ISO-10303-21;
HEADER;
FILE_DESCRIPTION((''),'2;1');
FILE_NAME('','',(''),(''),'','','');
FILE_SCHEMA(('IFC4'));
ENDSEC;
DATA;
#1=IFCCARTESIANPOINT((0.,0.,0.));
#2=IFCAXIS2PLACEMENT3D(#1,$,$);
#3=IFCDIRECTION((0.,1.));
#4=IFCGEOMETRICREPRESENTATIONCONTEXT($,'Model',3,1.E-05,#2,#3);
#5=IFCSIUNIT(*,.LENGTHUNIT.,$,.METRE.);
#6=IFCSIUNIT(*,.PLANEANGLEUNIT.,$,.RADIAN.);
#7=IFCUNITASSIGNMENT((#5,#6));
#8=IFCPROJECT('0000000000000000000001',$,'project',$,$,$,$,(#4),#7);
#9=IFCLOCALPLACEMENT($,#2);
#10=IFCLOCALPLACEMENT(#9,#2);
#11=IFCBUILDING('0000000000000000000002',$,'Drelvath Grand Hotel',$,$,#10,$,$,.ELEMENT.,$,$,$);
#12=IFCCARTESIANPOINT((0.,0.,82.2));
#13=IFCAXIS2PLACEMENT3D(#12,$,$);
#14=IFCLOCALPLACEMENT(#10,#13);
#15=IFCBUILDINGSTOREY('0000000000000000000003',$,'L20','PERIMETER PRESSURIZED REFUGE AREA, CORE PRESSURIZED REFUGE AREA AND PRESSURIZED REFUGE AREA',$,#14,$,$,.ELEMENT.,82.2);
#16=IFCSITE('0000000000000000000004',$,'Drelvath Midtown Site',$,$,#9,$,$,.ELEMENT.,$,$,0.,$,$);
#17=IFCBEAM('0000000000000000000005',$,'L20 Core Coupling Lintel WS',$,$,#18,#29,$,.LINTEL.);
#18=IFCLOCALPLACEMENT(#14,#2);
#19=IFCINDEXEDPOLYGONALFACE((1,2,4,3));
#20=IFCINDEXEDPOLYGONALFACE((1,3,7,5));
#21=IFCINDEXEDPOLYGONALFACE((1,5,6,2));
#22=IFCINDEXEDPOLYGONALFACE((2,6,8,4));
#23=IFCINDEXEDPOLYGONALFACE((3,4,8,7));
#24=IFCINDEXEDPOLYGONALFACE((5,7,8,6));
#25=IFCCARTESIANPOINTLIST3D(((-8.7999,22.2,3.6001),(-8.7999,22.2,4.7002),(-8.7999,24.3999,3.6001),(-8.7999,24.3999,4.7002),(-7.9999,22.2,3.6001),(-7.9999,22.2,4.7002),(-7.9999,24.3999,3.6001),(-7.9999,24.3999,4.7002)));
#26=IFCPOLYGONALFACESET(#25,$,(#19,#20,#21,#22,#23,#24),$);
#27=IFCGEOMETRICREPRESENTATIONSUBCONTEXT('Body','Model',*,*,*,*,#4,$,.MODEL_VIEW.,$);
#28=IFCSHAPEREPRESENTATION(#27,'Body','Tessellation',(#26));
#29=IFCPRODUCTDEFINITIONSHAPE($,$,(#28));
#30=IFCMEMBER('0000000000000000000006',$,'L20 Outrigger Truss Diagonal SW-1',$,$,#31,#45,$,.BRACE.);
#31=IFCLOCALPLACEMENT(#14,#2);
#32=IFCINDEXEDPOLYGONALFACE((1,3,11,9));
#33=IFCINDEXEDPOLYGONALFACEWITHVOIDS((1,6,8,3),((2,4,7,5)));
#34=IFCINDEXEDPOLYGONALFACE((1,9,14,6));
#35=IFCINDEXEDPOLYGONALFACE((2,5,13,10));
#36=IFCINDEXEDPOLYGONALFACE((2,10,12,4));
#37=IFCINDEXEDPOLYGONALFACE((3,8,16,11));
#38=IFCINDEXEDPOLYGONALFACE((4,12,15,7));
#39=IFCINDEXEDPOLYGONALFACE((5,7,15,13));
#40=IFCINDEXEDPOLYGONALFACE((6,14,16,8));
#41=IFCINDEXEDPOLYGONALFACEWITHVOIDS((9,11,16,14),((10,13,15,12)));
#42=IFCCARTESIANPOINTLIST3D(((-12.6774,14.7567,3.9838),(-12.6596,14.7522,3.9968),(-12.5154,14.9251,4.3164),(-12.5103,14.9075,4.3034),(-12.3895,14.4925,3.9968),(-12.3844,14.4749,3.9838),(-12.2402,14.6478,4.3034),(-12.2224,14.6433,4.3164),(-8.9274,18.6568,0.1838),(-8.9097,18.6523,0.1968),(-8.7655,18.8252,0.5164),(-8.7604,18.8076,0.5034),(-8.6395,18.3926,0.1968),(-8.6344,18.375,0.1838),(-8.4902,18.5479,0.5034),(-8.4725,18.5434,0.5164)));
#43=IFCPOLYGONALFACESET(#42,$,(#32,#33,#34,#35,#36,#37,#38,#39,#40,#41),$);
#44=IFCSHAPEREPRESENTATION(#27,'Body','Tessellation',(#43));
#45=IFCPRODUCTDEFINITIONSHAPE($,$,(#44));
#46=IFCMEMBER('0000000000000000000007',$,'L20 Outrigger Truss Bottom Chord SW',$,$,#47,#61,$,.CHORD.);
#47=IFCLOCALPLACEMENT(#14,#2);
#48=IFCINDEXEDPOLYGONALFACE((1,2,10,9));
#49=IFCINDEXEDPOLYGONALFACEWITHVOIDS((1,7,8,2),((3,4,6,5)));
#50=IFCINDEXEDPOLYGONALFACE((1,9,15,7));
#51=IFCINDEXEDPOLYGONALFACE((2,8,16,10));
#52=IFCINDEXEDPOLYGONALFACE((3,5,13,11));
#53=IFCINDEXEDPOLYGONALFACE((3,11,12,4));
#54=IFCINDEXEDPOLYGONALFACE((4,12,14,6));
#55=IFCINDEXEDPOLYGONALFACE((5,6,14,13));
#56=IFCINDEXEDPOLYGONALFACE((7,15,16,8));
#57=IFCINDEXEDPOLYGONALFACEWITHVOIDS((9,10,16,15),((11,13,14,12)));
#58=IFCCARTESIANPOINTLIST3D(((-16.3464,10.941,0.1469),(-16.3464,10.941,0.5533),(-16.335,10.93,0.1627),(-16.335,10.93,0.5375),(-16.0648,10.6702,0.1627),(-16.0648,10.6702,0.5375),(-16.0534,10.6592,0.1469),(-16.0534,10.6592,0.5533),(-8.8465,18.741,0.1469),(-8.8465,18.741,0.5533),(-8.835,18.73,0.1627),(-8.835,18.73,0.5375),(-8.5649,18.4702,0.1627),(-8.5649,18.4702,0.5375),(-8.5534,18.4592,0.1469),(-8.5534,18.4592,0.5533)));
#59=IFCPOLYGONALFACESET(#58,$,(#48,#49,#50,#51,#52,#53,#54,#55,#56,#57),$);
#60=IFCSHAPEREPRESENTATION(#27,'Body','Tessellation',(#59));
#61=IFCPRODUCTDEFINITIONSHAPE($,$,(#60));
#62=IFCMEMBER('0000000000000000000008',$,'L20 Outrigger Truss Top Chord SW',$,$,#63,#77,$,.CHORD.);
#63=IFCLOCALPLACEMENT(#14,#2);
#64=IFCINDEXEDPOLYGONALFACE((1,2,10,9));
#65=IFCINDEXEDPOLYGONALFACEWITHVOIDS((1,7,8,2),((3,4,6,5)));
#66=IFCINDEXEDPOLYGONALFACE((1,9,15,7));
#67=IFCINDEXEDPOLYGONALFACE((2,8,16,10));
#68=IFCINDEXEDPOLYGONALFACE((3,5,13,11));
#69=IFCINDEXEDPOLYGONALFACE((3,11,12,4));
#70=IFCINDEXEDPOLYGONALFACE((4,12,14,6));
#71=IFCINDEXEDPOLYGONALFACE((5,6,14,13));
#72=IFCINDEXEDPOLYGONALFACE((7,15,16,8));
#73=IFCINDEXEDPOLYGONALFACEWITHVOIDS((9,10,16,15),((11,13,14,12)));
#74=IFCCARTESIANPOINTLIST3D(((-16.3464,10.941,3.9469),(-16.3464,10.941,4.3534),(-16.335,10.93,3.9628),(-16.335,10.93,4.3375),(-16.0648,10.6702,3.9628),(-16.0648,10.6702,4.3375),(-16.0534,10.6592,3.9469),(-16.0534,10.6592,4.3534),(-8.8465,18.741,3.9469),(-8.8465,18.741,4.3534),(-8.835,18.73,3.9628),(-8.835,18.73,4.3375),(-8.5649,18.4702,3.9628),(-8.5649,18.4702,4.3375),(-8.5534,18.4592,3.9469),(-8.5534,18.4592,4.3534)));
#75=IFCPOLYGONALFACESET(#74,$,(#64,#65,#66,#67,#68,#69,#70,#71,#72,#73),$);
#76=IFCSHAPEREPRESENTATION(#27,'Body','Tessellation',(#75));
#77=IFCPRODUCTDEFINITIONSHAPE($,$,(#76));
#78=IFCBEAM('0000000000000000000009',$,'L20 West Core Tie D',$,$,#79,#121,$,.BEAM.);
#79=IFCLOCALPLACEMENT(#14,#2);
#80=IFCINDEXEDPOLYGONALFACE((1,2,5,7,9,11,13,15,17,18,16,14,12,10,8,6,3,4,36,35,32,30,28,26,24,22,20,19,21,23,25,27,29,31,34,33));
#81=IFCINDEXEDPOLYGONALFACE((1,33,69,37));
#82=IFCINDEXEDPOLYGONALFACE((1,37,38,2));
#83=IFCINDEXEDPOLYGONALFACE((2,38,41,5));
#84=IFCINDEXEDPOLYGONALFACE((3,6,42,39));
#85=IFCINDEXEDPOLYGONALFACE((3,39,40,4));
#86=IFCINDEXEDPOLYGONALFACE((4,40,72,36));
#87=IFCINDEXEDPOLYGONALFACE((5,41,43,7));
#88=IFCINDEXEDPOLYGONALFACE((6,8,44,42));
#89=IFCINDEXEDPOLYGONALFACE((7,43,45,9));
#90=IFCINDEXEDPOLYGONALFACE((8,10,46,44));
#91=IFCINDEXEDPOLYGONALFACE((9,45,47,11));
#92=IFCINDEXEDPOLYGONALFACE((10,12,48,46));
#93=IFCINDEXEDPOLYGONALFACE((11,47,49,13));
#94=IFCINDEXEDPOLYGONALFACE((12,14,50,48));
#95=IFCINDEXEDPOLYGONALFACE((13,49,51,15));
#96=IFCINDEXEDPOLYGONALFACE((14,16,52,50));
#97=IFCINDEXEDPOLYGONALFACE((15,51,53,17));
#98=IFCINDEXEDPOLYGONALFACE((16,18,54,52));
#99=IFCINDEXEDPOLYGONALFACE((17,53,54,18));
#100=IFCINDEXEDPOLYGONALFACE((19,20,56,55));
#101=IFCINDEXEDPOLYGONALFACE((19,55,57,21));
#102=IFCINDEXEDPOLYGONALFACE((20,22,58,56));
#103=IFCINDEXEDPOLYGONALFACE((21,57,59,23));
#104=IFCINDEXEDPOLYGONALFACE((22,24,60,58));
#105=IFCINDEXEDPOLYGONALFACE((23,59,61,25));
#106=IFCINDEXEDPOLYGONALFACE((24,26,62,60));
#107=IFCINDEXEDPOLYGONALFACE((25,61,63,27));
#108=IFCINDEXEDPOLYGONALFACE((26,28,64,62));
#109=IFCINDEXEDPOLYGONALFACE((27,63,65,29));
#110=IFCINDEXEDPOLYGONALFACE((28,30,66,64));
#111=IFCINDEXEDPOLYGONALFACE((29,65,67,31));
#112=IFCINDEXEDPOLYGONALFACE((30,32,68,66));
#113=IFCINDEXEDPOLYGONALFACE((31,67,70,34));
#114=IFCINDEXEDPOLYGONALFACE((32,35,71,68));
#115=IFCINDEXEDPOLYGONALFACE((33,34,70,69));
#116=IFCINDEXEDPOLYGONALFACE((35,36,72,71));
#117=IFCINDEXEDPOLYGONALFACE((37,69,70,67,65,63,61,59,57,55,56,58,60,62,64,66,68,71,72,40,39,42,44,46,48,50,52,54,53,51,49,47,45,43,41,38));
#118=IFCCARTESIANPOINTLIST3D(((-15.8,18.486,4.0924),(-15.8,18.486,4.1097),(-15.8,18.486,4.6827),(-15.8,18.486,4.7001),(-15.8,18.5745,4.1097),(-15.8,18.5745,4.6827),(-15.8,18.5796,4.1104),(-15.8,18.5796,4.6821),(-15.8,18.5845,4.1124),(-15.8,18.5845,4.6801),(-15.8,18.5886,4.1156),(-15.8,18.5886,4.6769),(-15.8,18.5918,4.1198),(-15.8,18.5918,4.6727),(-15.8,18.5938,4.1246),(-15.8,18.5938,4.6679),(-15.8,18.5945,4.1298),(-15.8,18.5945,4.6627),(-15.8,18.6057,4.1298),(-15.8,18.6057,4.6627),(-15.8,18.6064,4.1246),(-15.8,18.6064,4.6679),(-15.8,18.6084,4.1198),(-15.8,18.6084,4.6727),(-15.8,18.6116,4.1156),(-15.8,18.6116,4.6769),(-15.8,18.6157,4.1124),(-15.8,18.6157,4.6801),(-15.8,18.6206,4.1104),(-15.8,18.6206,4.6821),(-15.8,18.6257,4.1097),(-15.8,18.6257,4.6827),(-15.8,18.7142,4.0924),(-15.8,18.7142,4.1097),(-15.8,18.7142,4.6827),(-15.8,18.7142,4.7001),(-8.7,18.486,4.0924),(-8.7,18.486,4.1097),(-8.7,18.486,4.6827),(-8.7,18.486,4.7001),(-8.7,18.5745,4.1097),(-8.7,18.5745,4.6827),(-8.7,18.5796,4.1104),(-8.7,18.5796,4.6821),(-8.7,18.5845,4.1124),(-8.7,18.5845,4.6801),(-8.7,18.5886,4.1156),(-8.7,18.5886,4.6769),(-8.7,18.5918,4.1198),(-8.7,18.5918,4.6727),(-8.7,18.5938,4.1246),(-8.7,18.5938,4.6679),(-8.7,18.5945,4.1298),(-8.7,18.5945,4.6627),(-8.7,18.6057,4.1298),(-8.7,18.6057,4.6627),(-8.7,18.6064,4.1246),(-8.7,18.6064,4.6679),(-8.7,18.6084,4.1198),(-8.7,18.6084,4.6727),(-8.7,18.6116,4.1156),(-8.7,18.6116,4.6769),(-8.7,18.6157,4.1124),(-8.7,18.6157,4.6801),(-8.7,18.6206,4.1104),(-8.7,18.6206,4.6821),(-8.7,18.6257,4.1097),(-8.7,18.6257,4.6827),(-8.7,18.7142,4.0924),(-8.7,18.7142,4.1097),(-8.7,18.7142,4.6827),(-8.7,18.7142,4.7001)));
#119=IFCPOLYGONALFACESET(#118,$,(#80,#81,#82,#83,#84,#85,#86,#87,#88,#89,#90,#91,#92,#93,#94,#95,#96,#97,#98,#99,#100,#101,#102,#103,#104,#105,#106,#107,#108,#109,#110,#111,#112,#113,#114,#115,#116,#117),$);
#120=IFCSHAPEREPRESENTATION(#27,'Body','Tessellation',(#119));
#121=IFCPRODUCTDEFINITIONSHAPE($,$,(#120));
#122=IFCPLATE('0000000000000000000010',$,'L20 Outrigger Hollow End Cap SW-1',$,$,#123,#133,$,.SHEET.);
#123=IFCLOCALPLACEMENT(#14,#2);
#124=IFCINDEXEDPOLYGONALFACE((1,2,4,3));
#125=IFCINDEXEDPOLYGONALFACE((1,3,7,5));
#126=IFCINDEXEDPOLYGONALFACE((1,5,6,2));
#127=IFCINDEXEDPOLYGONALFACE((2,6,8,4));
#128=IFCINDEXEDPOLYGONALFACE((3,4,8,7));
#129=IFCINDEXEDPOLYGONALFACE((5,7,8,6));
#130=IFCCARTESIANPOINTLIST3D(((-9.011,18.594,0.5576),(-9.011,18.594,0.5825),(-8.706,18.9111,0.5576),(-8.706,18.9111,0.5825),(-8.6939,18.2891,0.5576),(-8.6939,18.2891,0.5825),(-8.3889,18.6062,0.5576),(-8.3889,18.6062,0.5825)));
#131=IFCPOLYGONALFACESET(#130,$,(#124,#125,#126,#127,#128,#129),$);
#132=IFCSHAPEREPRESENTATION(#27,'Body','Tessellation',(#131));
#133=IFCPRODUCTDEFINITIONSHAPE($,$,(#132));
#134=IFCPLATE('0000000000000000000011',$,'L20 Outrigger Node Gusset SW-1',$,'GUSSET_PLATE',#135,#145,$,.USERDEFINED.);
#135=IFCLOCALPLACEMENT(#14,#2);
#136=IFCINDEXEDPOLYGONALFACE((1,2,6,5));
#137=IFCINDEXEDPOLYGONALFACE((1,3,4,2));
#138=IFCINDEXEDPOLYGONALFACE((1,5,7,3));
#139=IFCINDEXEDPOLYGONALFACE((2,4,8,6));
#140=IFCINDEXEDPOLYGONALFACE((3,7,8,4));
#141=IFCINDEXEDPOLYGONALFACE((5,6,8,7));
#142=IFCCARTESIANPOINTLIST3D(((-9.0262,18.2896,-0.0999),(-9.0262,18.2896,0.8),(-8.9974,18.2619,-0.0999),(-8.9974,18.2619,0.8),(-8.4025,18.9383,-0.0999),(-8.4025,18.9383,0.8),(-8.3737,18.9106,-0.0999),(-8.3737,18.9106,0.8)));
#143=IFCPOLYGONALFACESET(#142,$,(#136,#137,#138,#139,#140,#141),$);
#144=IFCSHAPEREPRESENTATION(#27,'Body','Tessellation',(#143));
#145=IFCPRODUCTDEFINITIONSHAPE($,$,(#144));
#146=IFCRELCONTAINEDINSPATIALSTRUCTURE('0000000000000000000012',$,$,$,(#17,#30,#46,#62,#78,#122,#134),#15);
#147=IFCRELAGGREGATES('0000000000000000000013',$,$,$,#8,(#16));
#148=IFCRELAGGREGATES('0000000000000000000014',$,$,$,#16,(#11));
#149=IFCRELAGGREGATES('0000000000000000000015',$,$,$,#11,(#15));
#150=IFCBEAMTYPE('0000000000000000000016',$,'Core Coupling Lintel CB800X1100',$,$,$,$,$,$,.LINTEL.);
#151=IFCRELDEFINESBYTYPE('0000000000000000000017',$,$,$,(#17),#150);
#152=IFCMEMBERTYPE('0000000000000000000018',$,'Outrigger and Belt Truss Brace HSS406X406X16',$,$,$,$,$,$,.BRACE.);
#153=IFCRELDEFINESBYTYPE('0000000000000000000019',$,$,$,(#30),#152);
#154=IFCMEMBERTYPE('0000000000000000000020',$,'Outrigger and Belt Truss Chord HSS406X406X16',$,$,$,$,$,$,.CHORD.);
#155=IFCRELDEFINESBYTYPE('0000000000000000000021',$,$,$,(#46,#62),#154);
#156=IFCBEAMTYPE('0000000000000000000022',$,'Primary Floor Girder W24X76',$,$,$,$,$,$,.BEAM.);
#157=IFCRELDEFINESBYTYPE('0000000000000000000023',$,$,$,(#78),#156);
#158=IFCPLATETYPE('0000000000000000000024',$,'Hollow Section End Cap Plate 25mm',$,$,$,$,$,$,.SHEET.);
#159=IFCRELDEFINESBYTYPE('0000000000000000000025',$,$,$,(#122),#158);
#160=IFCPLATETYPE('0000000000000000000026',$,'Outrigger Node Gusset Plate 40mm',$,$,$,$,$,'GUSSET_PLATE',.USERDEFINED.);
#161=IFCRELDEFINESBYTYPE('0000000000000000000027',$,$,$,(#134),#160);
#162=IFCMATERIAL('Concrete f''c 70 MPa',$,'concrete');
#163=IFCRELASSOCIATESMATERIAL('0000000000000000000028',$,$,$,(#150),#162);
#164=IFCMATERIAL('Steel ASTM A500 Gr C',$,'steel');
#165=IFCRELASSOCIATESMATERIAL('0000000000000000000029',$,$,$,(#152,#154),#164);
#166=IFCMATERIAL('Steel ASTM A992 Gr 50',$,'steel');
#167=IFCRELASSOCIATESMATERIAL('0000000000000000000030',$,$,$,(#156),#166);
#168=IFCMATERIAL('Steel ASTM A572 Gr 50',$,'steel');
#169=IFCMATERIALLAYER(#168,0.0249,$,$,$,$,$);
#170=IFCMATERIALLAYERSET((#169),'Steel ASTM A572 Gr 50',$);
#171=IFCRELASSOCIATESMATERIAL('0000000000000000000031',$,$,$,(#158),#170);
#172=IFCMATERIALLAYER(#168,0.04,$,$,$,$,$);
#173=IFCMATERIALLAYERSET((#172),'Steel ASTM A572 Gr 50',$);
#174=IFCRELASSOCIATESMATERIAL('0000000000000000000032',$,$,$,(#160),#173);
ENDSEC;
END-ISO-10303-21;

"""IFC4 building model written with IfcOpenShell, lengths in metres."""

from ifc_helpers import new_model, si_unit, direction, frame, origin, origin_2d, place, context, subcontext, project, spatial, rectangle, hollow_rectangle, i_section, extrude, material, layer, layer_set, material_profile, profile_set, type_object, element, save


model = new_model("IFC4")

# Units and contexts
model_context = context("Model", 3, precision=1e-05, world=origin(), true_north=direction((0.0, 1.0)))
body_context = subcontext(model_context, "Body", "Model", "MODEL_VIEW")
ifc_project = project(units=[si_unit("LENGTHUNIT", "METRE"), si_unit("PLANEANGLEUNIT", "RADIAN")], contexts=[model_context])

# Site, building, storey
site_placement = place(None, origin())
site = spatial("IfcSite", under=ifc_project, at=site_placement, Name="Drelvath Midtown Site", CompositionType="ELEMENT", RefElevation=0.0)
building_placement = place(site_placement, origin())
building = spatial("IfcBuilding", under=site, at=building_placement, Name="Drelvath Grand Hotel", CompositionType="ELEMENT")
storey_placement = place(building_placement, frame((0.0, 0.0, 82.2)))
storey = spatial("IfcBuildingStorey", under=building, at=storey_placement, Name="L20", Description="PERIMETER PRESSURIZED REFUGE AREA, CORE PRESSURIZED REFUGE AREA AND PRESSURIZED REFUGE AREA", CompositionType="ELEMENT", Elevation=82.2)

# Beam
ifc_material_1 = material(Name="Concrete f'c 70 MPa", Category="concrete")
ifc_material_profile_1 = material_profile(ifc_material_1, rectangle(XDim=0.8, YDim=1.1001, at=origin_2d()), Name="CB800X1100")
ifc_profile_set_1 = profile_set([ifc_material_profile_1], Name="Concrete f'c 70 MPa")
beam_type_1 = type_object("IfcBeamType", Name="Core Coupling Lintel CB800X1100", PredefinedType="LINTEL", material=ifc_profile_set_1)
beam_1_placement = place(storey_placement, frame((-8.3999, 22.2, 4.1501), z_axis=(0.0, 1.0, 0.0), x_axis=(-1.0, 0.0, 0.0)))
element("IfcBeam", 1, at=beam_1_placement, inside=storey, type_object=beam_type_1, Name="L20 Core Coupling Lintel WS", PredefinedType="LINTEL", context=body_context, shape_type="SweptSolid", body=[
    extrude(rectangle(XDim=0.8, YDim=1.1001, at=origin_2d()), origin(), (0.0, 0.0, 1.0), 2.2),
])

# Members
ifc_material_2 = material(Name="Steel ASTM A500 Gr C", Category="steel")
ifc_material_profile_2 = material_profile(ifc_material_2, hollow_rectangle(XDim=0.4065, YDim=0.4065, WallThickness=0.0159, at=origin_2d()), Name="HSS406X406X16")
ifc_profile_set_2 = profile_set([ifc_material_profile_2], Name="Steel ASTM A500 Gr C")
member_type_1 = type_object("IfcMemberType", Name="Outrigger and Belt Truss Brace HSS406X406X16", PredefinedType="BRACE", material=ifc_profile_set_2)
member_placement = place(storey_placement, frame((-8.7, 18.6001, 0.3501), z_axis=(-0.56718, -0.589889, 0.57475), x_axis=(0.720846, -0.693095, 0.0)))
element("IfcMember", 2, at=member_placement, inside=storey, type_object=member_type_1, Name="L20 Outrigger Truss Diagonal SW-1", PredefinedType="BRACE", context=body_context, shape_type="SweptSolid", body=[
    extrude(hollow_rectangle(XDim=0.4065, YDim=0.4065, WallThickness=0.0159, at=origin_2d()), origin(), (0.0, 0.0, 1.0), 6.6116),
])
ifc_material_profile_3 = material_profile(ifc_material_2, hollow_rectangle(XDim=0.4065, YDim=0.4065, WallThickness=0.0159, at=origin_2d()), Name="HSS406X406X16")
ifc_profile_set_3 = profile_set([ifc_material_profile_3], Name="Steel ASTM A500 Gr C")
member_type_2 = type_object("IfcMemberType", Name="Outrigger and Belt Truss Chord HSS406X406X16", PredefinedType="CHORD", material=ifc_profile_set_3)
for number, where, z_axis, x_axis, name in (
    (3, (-8.7, 18.6001, 0.3501), (-0.693106, -0.720835, 0.0), (0.720835, -0.693106, 0.0), "L20 Outrigger Truss Bottom Chord SW"),
    (4, (-8.7, 18.6001, 4.1501), (-0.693106, -0.720835, 0.0), (0.720835, -0.693106, 0.0), "L20 Outrigger Truss Top Chord SW"),
):
    element("IfcMember", number, at=place(storey_placement, frame(where, z_axis=z_axis, x_axis=x_axis)), inside=storey, type_object=member_type_2, Name=name, PredefinedType="CHORD", context=body_context, shape_type="SweptSolid", body=[
        extrude(hollow_rectangle(XDim=0.4065, YDim=0.4065, WallThickness=0.0159, at=origin_2d()), origin(), (0.0, 0.0, 1.0), 10.8208),
    ])

# Beam
ifc_material_3 = material(Name="Steel ASTM A992 Gr 50", Category="steel")
ifc_material_profile_4 = material_profile(ifc_material_3, i_section(OverallWidth=0.2283, OverallDepth=0.6077, WebThickness=0.0112, FlangeThickness=0.0173, FilletRadius=0.02, at=origin_2d()), Name="W24X76")
ifc_profile_set_4 = profile_set([ifc_material_profile_4], Name="Steel ASTM A992 Gr 50")
beam_type_2 = type_object("IfcBeamType", Name="Primary Floor Girder W24X76", PredefinedType="BEAM", material=ifc_profile_set_4)
beam_2_placement = place(storey_placement, frame((-15.8, 18.6001, 4.3962), z_axis=(1.0, 0.0, 0.0), x_axis=(0.0, 1.0, 0.0)))
element("IfcBeam", 5, at=beam_2_placement, inside=storey, type_object=beam_type_2, Name="L20 West Core Tie D", PredefinedType="BEAM", context=body_context, shape_type="SweptSolid", body=[
    extrude(i_section(OverallWidth=0.2283, OverallDepth=0.6077, WebThickness=0.0112, FlangeThickness=0.0173, FilletRadius=0.02, at=origin_2d()), origin(), (0.0, 0.0, 1.0), 7.1001),
])

# Plates
ifc_material_4 = material(Name="Steel ASTM A572 Gr 50", Category="steel")
ifc_layer_1 = layer(ifc_material_4, 0.0249)
ifc_layer_set_1 = layer_set([ifc_layer_1], Name="Steel ASTM A572 Gr 50")
plate_type_1 = type_object("IfcPlateType", Name="Hollow Section End Cap Plate 25mm", PredefinedType="SHEET", material=ifc_layer_set_1)
plate_1_placement = place(storey_placement, frame((-8.7, 18.6001, 0.5576), z_axis=(0.0, 0.0, 1.0), x_axis=(-0.693109, -0.720833, 0.0)))
element("IfcPlate", 6, at=plate_1_placement, inside=storey, type_object=plate_type_1, Name="L20 Outrigger Hollow End Cap SW-1", PredefinedType="SHEET", context=body_context, shape_type="SweptSolid", body=[
    extrude(rectangle(XDim=0.4399, YDim=0.4399, at=origin_2d()), origin(), (0.0, 0.0, 1.0), 0.0249),
])
ifc_layer_2 = layer(ifc_material_4, 0.04)
ifc_layer_set_2 = layer_set([ifc_layer_2], Name="Steel ASTM A572 Gr 50")
plate_type_2 = type_object("IfcPlateType", Name="Outrigger Node Gusset Plate 40mm", ElementType="GUSSET_PLATE", PredefinedType="USERDEFINED", material=ifc_layer_set_2)
plate_2_placement = place(storey_placement, frame((-8.7, 18.6001, -0.0999), z_axis=(0.0, 0.0, 1.0), x_axis=(-0.693109, -0.720833, 0.0)))
element("IfcPlate", 7, at=plate_2_placement, inside=storey, type_object=plate_type_2, Name="L20 Outrigger Node Gusset SW-1", ObjectType="GUSSET_PLATE", PredefinedType="USERDEFINED", context=body_context, shape_type="SweptSolid", body=[
    extrude(rectangle(XDim=0.8999, YDim=0.04, at=origin_2d()), origin(), (0.0, 0.0, 1.0), 0.8999),
])

save(model, "model.ifc")
